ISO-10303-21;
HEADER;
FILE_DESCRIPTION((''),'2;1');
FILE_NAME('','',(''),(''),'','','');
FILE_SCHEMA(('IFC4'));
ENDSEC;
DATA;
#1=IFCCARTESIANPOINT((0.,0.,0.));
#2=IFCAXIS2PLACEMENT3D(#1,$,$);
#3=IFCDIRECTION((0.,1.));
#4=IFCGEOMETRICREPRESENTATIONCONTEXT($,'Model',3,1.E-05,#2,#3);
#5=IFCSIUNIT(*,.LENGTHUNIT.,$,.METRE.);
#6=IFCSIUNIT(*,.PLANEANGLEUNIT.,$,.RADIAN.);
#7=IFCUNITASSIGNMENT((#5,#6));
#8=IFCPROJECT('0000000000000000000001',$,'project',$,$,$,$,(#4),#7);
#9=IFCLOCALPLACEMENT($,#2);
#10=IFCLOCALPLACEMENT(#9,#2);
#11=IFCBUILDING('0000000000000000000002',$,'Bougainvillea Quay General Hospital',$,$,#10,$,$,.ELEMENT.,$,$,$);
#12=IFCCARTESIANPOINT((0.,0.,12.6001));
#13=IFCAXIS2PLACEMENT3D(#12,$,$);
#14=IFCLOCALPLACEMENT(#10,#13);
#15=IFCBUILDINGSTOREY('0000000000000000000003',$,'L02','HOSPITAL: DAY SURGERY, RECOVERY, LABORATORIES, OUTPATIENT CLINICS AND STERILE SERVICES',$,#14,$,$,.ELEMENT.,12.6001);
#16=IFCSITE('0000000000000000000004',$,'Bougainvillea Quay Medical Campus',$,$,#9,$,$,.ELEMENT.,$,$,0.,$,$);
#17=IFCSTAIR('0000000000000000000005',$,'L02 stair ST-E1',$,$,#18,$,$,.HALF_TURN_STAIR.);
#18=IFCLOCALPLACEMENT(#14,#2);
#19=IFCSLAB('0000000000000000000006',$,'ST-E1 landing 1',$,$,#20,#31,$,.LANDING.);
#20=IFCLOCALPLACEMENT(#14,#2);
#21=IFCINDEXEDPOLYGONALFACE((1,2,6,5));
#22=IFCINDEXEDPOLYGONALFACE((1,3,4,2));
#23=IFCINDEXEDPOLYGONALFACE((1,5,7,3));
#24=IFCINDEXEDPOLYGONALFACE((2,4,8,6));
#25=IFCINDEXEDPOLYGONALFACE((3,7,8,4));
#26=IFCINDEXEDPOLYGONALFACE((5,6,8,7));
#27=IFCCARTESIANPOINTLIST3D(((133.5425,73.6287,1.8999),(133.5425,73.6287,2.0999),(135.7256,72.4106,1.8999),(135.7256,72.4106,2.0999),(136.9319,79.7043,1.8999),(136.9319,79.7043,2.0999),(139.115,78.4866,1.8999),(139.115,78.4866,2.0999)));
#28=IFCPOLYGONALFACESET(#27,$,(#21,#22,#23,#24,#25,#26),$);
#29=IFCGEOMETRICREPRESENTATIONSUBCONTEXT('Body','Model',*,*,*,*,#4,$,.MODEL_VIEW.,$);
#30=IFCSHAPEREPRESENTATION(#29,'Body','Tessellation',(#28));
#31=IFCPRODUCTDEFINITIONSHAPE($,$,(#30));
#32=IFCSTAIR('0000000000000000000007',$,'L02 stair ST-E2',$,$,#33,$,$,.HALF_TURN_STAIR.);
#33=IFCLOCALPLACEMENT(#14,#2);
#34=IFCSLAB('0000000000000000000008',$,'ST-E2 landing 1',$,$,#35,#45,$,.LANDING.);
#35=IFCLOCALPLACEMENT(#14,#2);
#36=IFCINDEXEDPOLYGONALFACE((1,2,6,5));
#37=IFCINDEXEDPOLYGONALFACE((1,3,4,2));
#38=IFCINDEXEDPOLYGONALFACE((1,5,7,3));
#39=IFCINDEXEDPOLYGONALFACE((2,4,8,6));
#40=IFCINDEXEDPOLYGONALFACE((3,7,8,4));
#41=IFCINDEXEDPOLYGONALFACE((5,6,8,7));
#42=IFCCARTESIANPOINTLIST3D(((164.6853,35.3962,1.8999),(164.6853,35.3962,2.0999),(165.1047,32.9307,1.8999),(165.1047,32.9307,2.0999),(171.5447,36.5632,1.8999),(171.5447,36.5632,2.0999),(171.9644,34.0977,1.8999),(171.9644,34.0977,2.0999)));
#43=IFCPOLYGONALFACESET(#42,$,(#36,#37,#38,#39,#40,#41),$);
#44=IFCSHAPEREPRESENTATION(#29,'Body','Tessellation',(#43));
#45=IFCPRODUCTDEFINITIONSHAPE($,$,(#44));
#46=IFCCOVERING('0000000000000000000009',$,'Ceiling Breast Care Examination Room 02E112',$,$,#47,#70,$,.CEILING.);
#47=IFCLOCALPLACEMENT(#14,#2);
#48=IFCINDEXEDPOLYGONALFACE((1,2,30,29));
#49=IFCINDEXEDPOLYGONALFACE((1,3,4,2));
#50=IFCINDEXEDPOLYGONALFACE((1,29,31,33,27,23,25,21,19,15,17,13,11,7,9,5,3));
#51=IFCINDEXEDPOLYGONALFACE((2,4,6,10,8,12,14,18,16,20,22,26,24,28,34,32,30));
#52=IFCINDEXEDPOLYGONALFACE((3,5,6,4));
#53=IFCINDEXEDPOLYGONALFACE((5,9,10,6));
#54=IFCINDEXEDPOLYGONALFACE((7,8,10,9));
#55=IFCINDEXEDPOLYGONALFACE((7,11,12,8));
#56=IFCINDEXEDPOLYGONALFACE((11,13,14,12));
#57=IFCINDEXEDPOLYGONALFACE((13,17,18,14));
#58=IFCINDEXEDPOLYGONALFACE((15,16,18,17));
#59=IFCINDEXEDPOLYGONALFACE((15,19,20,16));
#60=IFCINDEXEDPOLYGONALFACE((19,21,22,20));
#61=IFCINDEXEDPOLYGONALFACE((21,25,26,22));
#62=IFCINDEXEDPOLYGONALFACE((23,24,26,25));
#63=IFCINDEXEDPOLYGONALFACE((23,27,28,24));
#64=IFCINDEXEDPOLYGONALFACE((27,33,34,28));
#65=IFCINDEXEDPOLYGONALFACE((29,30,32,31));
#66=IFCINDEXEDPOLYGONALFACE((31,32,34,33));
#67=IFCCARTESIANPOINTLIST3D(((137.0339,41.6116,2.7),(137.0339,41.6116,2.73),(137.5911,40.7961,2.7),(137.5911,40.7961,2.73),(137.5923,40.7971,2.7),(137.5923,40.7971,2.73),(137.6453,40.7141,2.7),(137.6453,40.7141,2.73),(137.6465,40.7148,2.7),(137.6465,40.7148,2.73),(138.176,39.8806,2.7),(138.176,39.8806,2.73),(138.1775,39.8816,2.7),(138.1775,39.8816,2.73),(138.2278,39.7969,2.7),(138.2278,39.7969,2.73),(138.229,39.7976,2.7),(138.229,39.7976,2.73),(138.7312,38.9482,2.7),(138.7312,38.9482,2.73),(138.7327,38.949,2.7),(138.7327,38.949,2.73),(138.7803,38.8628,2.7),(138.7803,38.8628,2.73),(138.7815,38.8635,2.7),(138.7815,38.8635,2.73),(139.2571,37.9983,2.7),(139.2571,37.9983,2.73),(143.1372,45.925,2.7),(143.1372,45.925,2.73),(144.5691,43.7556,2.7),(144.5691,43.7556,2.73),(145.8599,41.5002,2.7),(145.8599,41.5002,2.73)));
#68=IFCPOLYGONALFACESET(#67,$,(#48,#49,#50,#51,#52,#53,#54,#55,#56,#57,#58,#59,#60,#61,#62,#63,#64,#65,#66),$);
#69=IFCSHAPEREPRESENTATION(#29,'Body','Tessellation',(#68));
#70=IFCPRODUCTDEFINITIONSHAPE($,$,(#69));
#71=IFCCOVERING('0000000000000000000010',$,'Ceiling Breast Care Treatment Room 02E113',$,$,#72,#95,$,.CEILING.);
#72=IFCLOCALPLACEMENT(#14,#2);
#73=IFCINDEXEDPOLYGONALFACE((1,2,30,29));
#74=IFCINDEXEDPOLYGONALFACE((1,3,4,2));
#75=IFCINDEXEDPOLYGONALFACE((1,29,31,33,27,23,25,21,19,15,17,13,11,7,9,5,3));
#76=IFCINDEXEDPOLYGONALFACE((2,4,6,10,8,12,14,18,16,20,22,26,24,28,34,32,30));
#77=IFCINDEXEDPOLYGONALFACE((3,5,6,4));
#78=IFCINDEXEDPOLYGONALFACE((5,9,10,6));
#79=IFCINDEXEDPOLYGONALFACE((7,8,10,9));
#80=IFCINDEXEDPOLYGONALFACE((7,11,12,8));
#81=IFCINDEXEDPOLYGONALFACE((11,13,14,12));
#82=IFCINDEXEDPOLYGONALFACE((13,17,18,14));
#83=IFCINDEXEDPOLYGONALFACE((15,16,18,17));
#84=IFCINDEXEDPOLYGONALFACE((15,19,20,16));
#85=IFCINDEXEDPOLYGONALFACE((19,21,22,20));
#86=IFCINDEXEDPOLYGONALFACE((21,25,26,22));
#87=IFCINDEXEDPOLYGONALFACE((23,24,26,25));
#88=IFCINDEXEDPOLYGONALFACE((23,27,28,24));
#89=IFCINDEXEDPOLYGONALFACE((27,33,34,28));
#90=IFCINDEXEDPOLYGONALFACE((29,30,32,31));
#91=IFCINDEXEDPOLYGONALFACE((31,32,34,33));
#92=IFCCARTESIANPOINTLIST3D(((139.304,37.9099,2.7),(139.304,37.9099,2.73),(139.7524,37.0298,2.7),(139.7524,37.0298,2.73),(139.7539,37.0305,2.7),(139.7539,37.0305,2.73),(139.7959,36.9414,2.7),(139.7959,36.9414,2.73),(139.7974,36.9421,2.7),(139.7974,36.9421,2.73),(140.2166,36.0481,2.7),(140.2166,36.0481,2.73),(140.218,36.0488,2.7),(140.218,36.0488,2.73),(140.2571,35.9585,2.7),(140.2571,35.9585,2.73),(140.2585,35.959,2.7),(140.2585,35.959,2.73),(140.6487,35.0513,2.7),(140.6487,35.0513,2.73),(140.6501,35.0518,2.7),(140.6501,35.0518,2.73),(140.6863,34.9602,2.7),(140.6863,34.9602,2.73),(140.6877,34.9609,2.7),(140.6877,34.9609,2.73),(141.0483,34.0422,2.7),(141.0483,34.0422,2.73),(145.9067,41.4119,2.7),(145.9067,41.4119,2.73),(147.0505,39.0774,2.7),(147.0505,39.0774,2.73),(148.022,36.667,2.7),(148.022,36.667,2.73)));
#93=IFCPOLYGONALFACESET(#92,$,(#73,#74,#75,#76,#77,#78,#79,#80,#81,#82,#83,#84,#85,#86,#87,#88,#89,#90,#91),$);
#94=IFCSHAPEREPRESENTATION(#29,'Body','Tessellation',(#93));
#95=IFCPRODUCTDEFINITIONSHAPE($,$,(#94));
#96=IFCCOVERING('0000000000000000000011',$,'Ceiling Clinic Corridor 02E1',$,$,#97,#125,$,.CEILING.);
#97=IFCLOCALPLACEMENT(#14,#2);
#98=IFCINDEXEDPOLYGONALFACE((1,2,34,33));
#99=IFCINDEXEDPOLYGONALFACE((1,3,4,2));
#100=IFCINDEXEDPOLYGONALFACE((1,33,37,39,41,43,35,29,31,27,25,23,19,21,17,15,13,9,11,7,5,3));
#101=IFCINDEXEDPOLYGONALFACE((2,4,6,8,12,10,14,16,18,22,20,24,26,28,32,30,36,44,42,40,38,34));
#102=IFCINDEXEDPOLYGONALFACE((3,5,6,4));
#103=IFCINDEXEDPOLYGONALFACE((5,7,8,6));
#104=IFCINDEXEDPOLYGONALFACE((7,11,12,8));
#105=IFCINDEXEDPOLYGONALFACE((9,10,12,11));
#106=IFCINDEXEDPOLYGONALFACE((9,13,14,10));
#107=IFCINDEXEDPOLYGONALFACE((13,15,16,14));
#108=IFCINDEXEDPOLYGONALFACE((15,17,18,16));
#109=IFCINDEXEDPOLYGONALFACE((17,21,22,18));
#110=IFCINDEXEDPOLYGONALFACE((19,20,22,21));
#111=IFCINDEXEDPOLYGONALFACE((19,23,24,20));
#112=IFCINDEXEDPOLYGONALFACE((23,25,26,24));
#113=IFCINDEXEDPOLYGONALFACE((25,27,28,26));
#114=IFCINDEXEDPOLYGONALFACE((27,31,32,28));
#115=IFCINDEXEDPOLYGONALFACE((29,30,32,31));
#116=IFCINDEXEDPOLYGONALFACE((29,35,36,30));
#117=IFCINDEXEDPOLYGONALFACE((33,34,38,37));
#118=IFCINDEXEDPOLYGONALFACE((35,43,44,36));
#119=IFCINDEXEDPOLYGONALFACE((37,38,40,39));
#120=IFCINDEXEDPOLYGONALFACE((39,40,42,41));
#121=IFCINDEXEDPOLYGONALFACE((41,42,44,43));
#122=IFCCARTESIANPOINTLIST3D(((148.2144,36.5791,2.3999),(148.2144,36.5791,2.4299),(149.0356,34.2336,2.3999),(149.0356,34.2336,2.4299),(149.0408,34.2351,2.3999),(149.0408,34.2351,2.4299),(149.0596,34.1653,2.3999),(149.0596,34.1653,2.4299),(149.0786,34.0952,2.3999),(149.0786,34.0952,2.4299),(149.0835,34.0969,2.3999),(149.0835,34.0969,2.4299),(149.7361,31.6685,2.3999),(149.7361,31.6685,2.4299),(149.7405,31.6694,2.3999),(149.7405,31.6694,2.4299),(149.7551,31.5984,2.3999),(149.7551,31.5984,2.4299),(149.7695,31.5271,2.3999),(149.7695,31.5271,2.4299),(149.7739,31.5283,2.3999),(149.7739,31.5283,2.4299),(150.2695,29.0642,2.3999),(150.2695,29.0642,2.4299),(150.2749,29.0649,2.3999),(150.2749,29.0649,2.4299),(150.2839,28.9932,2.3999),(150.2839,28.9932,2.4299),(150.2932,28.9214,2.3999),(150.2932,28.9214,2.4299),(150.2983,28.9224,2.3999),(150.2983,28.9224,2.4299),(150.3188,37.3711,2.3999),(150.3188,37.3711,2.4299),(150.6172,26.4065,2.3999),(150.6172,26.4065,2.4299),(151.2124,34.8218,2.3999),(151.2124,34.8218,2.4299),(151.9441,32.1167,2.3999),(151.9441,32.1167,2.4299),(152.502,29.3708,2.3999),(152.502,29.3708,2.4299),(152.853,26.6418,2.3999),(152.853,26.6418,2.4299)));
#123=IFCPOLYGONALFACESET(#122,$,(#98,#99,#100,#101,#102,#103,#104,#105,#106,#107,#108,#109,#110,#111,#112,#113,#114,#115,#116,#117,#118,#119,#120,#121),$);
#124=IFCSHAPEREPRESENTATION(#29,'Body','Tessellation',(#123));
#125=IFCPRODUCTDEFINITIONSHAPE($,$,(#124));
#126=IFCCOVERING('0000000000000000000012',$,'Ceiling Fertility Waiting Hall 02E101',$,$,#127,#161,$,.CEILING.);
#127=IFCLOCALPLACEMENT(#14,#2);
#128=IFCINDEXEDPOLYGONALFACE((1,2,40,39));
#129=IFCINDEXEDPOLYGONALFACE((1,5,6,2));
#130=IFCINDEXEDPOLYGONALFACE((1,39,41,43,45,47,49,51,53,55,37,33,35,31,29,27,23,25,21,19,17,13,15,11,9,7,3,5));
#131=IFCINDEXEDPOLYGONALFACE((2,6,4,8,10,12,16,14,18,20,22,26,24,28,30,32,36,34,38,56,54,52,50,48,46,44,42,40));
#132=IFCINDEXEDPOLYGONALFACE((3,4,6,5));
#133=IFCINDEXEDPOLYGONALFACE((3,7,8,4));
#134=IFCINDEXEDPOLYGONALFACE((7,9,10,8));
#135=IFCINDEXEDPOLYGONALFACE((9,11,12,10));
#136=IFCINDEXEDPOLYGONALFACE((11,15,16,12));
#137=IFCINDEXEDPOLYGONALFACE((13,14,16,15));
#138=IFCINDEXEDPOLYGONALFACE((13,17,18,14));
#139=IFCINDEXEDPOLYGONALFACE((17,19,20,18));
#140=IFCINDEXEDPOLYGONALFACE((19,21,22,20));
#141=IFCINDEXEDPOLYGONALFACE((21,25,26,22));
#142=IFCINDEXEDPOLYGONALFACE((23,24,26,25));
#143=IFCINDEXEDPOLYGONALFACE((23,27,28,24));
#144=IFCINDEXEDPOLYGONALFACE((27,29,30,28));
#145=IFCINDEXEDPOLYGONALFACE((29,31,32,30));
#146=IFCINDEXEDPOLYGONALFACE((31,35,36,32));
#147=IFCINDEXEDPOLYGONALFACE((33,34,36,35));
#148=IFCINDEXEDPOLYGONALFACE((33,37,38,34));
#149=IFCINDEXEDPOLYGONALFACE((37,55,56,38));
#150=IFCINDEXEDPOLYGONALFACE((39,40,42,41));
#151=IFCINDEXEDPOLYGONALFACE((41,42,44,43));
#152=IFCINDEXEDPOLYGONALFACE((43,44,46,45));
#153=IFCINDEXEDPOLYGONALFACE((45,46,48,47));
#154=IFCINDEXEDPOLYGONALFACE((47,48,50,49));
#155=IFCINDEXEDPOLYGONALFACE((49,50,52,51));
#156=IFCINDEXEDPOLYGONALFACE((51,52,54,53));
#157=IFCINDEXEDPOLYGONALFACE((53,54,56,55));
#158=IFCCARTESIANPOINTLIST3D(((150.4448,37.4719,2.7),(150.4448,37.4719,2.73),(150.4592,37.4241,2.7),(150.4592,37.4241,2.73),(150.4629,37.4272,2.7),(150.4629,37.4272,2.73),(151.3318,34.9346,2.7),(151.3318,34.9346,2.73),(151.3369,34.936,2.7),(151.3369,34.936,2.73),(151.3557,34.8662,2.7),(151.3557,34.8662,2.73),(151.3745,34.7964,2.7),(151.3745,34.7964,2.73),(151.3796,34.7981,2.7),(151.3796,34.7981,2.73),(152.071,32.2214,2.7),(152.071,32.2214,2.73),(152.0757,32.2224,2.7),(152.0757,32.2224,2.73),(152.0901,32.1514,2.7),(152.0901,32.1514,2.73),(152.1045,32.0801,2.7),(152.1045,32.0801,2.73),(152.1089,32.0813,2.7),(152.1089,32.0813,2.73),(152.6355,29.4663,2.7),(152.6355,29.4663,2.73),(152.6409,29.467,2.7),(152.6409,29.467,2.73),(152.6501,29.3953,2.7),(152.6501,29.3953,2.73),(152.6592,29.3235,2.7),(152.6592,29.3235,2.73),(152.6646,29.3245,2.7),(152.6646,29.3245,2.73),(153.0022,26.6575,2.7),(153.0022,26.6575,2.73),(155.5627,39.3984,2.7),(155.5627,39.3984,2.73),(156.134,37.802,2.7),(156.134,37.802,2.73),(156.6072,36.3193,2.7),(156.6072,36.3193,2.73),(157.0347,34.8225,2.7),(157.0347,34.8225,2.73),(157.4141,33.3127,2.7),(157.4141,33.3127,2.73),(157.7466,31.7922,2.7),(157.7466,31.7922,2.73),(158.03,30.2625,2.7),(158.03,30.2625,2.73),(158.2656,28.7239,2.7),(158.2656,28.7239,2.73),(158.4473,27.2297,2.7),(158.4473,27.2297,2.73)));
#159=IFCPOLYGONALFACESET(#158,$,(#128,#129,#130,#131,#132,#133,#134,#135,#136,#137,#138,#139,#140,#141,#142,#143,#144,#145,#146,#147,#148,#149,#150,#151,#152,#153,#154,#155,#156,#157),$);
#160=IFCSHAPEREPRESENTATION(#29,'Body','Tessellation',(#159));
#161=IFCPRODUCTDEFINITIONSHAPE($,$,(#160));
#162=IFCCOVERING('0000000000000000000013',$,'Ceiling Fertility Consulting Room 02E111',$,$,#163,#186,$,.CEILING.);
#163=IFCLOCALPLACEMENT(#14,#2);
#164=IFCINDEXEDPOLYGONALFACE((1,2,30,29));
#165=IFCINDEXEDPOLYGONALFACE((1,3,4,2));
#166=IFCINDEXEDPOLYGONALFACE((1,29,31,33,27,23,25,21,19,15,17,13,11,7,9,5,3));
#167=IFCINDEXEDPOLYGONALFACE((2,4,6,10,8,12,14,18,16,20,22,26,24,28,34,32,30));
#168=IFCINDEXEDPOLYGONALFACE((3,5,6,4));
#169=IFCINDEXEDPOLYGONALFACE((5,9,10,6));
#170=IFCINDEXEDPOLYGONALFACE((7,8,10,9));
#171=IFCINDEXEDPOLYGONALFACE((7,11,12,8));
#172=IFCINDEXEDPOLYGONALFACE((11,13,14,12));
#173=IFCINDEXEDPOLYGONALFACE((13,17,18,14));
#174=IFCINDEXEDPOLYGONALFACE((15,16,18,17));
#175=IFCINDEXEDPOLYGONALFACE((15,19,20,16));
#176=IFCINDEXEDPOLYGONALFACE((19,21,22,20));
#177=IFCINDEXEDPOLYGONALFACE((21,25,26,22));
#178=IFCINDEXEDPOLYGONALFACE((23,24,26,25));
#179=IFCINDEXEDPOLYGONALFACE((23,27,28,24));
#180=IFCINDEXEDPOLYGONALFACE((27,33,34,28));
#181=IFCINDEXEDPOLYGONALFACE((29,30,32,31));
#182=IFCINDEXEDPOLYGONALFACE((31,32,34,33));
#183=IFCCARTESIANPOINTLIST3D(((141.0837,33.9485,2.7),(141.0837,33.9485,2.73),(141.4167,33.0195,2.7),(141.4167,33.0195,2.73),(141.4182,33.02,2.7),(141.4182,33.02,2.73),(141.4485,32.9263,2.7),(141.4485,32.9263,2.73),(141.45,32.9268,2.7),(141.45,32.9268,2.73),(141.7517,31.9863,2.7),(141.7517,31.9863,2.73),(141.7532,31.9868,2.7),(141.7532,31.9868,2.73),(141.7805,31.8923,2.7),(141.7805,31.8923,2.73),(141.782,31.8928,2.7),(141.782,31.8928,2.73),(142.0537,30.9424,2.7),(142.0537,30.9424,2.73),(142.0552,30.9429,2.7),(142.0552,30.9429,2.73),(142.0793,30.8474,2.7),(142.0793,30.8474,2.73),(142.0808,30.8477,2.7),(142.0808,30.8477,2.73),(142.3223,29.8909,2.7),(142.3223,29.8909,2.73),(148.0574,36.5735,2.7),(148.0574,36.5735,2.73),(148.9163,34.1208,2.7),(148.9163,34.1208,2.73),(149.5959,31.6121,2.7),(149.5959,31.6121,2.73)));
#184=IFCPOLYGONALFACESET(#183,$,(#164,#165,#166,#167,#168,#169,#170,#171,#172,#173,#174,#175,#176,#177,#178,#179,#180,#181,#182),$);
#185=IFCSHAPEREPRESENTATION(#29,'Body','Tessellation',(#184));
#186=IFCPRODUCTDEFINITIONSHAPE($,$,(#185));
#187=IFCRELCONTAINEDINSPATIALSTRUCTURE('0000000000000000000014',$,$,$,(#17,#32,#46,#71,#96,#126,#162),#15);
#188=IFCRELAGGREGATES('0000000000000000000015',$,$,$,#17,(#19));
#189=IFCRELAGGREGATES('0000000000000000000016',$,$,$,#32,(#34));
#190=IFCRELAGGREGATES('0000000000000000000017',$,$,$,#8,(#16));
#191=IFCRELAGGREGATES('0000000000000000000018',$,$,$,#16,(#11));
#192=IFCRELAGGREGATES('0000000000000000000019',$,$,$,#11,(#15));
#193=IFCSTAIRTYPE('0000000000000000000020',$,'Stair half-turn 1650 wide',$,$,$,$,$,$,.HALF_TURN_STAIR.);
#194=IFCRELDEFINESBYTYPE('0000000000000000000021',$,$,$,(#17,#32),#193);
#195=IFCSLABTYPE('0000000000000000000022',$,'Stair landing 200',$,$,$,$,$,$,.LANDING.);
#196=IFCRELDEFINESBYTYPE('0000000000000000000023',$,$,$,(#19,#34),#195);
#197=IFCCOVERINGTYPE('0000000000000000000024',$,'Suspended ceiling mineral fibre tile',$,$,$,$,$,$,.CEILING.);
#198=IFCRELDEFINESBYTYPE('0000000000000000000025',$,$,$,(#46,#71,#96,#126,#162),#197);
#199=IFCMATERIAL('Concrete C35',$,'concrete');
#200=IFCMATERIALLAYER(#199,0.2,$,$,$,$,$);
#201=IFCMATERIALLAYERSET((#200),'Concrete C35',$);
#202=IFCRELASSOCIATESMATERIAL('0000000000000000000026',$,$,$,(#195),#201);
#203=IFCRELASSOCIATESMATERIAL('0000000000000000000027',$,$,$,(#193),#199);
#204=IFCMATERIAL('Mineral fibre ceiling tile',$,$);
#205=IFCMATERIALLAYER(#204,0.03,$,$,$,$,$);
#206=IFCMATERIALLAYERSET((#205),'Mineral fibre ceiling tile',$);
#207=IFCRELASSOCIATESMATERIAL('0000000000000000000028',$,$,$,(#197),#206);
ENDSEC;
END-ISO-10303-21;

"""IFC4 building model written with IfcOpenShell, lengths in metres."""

from ifc_helpers import new_model, si_unit, direction, frame, origin, place, context, subcontext, project, spatial, polyline, outline, extrude, material, layer, layer_set, type_object, element, aggregate, save


model = new_model("IFC4")

# Units and contexts
model_context = context("Model", 3, precision=1e-05, world=origin(), true_north=direction((0.0, 1.0)))
body_context = subcontext(model_context, "Body", "Model", "MODEL_VIEW")
ifc_project = project(units=[si_unit("LENGTHUNIT", "METRE"), si_unit("PLANEANGLEUNIT", "RADIAN")], contexts=[model_context])

# Site, building, storey
site_placement = place(None, origin())
site = spatial("IfcSite", under=ifc_project, at=site_placement, Name="Bougainvillea Quay Medical Campus", CompositionType="ELEMENT", RefElevation=0.0)
building_placement = place(site_placement, origin())
building = spatial("IfcBuilding", under=site, at=building_placement, Name="Bougainvillea Quay General Hospital", CompositionType="ELEMENT")
storey_placement = place(building_placement, frame((0.0, 0.0, 12.6001)))
storey = spatial("IfcBuildingStorey", under=building, at=storey_placement, Name="L02", Description="HOSPITAL: DAY SURGERY, RECOVERY, LABORATORIES, OUTPATIENT CLINICS AND STERILE SERVICES", CompositionType="ELEMENT", Elevation=12.6001)

# Shared definitions
ifc_material_1 = material(Name="Concrete C35", Category="concrete")

# Stairs, slabs
ifc_layer_1 = layer(ifc_material_1, 0.2)
ifc_layer_set_1 = layer_set([ifc_layer_1], Name="Concrete C35")
slab_type_1 = type_object("IfcSlabType", Name="Stair landing 200", PredefinedType="LANDING", material=ifc_layer_set_1)
stair_type_1 = type_object("IfcStairType", Name="Stair half-turn 1650 wide", PredefinedType="HALF_TURN_STAIR", material=ifc_material_1)
stair_1_placement = place(storey_placement, origin())
stair_1 = element("IfcStair", 1, at=stair_1_placement, inside=storey, type_object=stair_type_1, Name="L02 stair ST-E1", PredefinedType="HALF_TURN_STAIR")
slab_1_placement = place(storey_placement, frame((0.0, 0.0, 1.8999)))
slab_1 = element("IfcSlab", 2, at=slab_1_placement, type_object=slab_type_1, Name="ST-E1 landing 1", PredefinedType="LANDING", context=body_context, shape_type="SweptSolid", body=[
    extrude(outline(polyline([(139.115, 78.4866), (136.9319, 79.7043), (133.5425, 73.6287), (135.7256, 72.4106), (139.115, 78.4866)])), origin(), (0.0, 0.0, 1.0), 0.2),
])
aggregate(stair_1, [slab_1])
stair_2_placement = place(storey_placement, origin())
stair_2 = element("IfcStair", 3, at=stair_2_placement, inside=storey, type_object=stair_type_1, Name="L02 stair ST-E2", PredefinedType="HALF_TURN_STAIR")
slab_2_placement = place(storey_placement, frame((0.0, 0.0, 1.8999)))
slab_2 = element("IfcSlab", 4, at=slab_2_placement, type_object=slab_type_1, Name="ST-E2 landing 1", PredefinedType="LANDING", context=body_context, shape_type="SweptSolid", body=[
    extrude(outline(polyline([(171.9644, 34.0977), (171.5447, 36.5632), (164.6853, 35.3962), (165.1047, 32.9307), (171.9644, 34.0977)])), origin(), (0.0, 0.0, 1.0), 0.2),
])
aggregate(stair_2, [slab_2])

# Coverings
ifc_material_2 = material(Name="Mineral fibre ceiling tile")
ifc_layer_2 = layer(ifc_material_2, 0.03)
ifc_layer_set_2 = layer_set([ifc_layer_2], Name="Mineral fibre ceiling tile")
covering_type = type_object("IfcCoveringType", Name="Suspended ceiling mineral fibre tile", PredefinedType="CEILING", material=ifc_layer_set_2)
covering_1_placement = place(storey_placement, frame((0.0, 0.0, 2.7)))
element("IfcCovering", 5, at=covering_1_placement, inside=storey, type_object=covering_type, Name="Ceiling Breast Care Examination Room 02E112", PredefinedType="CEILING", context=body_context, shape_type="SweptSolid", body=[
    extrude(outline(polyline([(138.7312, 38.9482), (138.7327, 38.949), (138.7815, 38.8635), (138.7803, 38.8628), (139.2571, 37.9983), (145.8599, 41.5002), (144.5691, 43.7556), (143.1372, 45.925), (137.0339, 41.6116), (137.5911, 40.7961), (137.5923, 40.7971), (137.6465, 40.7148), (137.6453, 40.7141), (138.176, 39.8806), (138.1775, 39.8816), (138.229, 39.7976), (138.2278, 39.7969), (138.7312, 38.9482)])), origin(), (0.0, 0.0, 1.0), 0.03),
])
covering_2_placement = place(storey_placement, frame((0.0, 0.0, 2.7)))
element("IfcCovering", 6, at=covering_2_placement, inside=storey, type_object=covering_type, Name="Ceiling Breast Care Treatment Room 02E113", PredefinedType="CEILING", context=body_context, shape_type="SweptSolid", body=[
    extrude(outline(polyline([(139.7524, 37.0298), (139.7539, 37.0305), (139.7974, 36.9421), (139.7959, 36.9414), (140.2166, 36.0481), (140.218, 36.0488), (140.2585, 35.959), (140.2571, 35.9585), (140.6487, 35.0513), (140.6501, 35.0518), (140.6877, 34.9609), (140.6863, 34.9602), (141.0483, 34.0422), (148.022, 36.667), (147.0505, 39.0774), (145.9067, 41.4119), (139.304, 37.9099), (139.7524, 37.0298)])), origin(), (0.0, 0.0, 1.0), 0.03),
])
covering_3_placement = place(storey_placement, frame((0.0, 0.0, 2.3999)))
element("IfcCovering", 7, at=covering_3_placement, inside=storey, type_object=covering_type, Name="Ceiling Clinic Corridor 02E1", PredefinedType="CEILING", context=body_context, shape_type="SweptSolid", body=[
    extrude(outline(polyline([(149.0786, 34.0952), (149.7361, 31.6685), (149.7405, 31.6694), (149.7551, 31.5984), (149.7739, 31.5283), (149.7695, 31.5271), (150.2695, 29.0642), (150.2749, 29.0649), (150.2839, 28.9932), (150.2983, 28.9224), (150.2932, 28.9214), (150.6172, 26.4065), (152.853, 26.6418), (152.502, 29.3708), (151.9441, 32.1167), (151.2124, 34.8218), (150.3188, 37.3711), (148.2144, 36.5791), (149.0356, 34.2336), (149.0408, 34.2351), (149.0596, 34.1653), (149.0835, 34.0969), (149.0786, 34.0952)])), origin(), (0.0, 0.0, 1.0), 0.03),
])
covering_4_placement = place(storey_placement, frame((0.0, 0.0, 2.7)))
element("IfcCovering", 8, at=covering_4_placement, inside=storey, type_object=covering_type, Name="Ceiling Fertility Waiting Hall 02E101", PredefinedType="CEILING", context=body_context, shape_type="SweptSolid", body=[
    extrude(outline(polyline([(157.0347, 34.8225), (156.6072, 36.3193), (156.134, 37.802), (155.5627, 39.3984), (150.4448, 37.4719), (150.4629, 37.4272), (150.4592, 37.4241), (151.3318, 34.9346), (151.3369, 34.936), (151.3557, 34.8662), (151.3796, 34.7981), (151.3745, 34.7964), (152.071, 32.2214), (152.0757, 32.2224), (152.0901, 32.1514), (152.1089, 32.0813), (152.1045, 32.0801), (152.6355, 29.4663), (152.6409, 29.467), (152.6501, 29.3953), (152.6646, 29.3245), (152.6592, 29.3235), (153.0022, 26.6575), (158.4473, 27.2297), (158.2656, 28.7239), (158.03, 30.2625), (157.7466, 31.7922), (157.4141, 33.3127), (157.0347, 34.8225)])), origin(), (0.0, 0.0, 1.0), 0.03),
])
covering_5_placement = place(storey_placement, frame((0.0, 0.0, 2.7)))
element("IfcCovering", 9, at=covering_5_placement, inside=storey, type_object=covering_type, Name="Ceiling Fertility Consulting Room 02E111", PredefinedType="CEILING", context=body_context, shape_type="SweptSolid", body=[
    extrude(outline(polyline([(141.4167, 33.0195), (141.4182, 33.02), (141.45, 32.9268), (141.4485, 32.9263), (141.7517, 31.9863), (141.7532, 31.9868), (141.782, 31.8928), (141.7805, 31.8923), (142.0537, 30.9424), (142.0552, 30.9429), (142.0808, 30.8477), (142.0793, 30.8474), (142.3223, 29.8909), (149.5959, 31.6121), (148.9163, 34.1208), (148.0574, 36.5735), (141.0837, 33.9485), (141.4167, 33.0195)])), origin(), (0.0, 0.0, 1.0), 0.03),
])

save(model, "model.ifc")
